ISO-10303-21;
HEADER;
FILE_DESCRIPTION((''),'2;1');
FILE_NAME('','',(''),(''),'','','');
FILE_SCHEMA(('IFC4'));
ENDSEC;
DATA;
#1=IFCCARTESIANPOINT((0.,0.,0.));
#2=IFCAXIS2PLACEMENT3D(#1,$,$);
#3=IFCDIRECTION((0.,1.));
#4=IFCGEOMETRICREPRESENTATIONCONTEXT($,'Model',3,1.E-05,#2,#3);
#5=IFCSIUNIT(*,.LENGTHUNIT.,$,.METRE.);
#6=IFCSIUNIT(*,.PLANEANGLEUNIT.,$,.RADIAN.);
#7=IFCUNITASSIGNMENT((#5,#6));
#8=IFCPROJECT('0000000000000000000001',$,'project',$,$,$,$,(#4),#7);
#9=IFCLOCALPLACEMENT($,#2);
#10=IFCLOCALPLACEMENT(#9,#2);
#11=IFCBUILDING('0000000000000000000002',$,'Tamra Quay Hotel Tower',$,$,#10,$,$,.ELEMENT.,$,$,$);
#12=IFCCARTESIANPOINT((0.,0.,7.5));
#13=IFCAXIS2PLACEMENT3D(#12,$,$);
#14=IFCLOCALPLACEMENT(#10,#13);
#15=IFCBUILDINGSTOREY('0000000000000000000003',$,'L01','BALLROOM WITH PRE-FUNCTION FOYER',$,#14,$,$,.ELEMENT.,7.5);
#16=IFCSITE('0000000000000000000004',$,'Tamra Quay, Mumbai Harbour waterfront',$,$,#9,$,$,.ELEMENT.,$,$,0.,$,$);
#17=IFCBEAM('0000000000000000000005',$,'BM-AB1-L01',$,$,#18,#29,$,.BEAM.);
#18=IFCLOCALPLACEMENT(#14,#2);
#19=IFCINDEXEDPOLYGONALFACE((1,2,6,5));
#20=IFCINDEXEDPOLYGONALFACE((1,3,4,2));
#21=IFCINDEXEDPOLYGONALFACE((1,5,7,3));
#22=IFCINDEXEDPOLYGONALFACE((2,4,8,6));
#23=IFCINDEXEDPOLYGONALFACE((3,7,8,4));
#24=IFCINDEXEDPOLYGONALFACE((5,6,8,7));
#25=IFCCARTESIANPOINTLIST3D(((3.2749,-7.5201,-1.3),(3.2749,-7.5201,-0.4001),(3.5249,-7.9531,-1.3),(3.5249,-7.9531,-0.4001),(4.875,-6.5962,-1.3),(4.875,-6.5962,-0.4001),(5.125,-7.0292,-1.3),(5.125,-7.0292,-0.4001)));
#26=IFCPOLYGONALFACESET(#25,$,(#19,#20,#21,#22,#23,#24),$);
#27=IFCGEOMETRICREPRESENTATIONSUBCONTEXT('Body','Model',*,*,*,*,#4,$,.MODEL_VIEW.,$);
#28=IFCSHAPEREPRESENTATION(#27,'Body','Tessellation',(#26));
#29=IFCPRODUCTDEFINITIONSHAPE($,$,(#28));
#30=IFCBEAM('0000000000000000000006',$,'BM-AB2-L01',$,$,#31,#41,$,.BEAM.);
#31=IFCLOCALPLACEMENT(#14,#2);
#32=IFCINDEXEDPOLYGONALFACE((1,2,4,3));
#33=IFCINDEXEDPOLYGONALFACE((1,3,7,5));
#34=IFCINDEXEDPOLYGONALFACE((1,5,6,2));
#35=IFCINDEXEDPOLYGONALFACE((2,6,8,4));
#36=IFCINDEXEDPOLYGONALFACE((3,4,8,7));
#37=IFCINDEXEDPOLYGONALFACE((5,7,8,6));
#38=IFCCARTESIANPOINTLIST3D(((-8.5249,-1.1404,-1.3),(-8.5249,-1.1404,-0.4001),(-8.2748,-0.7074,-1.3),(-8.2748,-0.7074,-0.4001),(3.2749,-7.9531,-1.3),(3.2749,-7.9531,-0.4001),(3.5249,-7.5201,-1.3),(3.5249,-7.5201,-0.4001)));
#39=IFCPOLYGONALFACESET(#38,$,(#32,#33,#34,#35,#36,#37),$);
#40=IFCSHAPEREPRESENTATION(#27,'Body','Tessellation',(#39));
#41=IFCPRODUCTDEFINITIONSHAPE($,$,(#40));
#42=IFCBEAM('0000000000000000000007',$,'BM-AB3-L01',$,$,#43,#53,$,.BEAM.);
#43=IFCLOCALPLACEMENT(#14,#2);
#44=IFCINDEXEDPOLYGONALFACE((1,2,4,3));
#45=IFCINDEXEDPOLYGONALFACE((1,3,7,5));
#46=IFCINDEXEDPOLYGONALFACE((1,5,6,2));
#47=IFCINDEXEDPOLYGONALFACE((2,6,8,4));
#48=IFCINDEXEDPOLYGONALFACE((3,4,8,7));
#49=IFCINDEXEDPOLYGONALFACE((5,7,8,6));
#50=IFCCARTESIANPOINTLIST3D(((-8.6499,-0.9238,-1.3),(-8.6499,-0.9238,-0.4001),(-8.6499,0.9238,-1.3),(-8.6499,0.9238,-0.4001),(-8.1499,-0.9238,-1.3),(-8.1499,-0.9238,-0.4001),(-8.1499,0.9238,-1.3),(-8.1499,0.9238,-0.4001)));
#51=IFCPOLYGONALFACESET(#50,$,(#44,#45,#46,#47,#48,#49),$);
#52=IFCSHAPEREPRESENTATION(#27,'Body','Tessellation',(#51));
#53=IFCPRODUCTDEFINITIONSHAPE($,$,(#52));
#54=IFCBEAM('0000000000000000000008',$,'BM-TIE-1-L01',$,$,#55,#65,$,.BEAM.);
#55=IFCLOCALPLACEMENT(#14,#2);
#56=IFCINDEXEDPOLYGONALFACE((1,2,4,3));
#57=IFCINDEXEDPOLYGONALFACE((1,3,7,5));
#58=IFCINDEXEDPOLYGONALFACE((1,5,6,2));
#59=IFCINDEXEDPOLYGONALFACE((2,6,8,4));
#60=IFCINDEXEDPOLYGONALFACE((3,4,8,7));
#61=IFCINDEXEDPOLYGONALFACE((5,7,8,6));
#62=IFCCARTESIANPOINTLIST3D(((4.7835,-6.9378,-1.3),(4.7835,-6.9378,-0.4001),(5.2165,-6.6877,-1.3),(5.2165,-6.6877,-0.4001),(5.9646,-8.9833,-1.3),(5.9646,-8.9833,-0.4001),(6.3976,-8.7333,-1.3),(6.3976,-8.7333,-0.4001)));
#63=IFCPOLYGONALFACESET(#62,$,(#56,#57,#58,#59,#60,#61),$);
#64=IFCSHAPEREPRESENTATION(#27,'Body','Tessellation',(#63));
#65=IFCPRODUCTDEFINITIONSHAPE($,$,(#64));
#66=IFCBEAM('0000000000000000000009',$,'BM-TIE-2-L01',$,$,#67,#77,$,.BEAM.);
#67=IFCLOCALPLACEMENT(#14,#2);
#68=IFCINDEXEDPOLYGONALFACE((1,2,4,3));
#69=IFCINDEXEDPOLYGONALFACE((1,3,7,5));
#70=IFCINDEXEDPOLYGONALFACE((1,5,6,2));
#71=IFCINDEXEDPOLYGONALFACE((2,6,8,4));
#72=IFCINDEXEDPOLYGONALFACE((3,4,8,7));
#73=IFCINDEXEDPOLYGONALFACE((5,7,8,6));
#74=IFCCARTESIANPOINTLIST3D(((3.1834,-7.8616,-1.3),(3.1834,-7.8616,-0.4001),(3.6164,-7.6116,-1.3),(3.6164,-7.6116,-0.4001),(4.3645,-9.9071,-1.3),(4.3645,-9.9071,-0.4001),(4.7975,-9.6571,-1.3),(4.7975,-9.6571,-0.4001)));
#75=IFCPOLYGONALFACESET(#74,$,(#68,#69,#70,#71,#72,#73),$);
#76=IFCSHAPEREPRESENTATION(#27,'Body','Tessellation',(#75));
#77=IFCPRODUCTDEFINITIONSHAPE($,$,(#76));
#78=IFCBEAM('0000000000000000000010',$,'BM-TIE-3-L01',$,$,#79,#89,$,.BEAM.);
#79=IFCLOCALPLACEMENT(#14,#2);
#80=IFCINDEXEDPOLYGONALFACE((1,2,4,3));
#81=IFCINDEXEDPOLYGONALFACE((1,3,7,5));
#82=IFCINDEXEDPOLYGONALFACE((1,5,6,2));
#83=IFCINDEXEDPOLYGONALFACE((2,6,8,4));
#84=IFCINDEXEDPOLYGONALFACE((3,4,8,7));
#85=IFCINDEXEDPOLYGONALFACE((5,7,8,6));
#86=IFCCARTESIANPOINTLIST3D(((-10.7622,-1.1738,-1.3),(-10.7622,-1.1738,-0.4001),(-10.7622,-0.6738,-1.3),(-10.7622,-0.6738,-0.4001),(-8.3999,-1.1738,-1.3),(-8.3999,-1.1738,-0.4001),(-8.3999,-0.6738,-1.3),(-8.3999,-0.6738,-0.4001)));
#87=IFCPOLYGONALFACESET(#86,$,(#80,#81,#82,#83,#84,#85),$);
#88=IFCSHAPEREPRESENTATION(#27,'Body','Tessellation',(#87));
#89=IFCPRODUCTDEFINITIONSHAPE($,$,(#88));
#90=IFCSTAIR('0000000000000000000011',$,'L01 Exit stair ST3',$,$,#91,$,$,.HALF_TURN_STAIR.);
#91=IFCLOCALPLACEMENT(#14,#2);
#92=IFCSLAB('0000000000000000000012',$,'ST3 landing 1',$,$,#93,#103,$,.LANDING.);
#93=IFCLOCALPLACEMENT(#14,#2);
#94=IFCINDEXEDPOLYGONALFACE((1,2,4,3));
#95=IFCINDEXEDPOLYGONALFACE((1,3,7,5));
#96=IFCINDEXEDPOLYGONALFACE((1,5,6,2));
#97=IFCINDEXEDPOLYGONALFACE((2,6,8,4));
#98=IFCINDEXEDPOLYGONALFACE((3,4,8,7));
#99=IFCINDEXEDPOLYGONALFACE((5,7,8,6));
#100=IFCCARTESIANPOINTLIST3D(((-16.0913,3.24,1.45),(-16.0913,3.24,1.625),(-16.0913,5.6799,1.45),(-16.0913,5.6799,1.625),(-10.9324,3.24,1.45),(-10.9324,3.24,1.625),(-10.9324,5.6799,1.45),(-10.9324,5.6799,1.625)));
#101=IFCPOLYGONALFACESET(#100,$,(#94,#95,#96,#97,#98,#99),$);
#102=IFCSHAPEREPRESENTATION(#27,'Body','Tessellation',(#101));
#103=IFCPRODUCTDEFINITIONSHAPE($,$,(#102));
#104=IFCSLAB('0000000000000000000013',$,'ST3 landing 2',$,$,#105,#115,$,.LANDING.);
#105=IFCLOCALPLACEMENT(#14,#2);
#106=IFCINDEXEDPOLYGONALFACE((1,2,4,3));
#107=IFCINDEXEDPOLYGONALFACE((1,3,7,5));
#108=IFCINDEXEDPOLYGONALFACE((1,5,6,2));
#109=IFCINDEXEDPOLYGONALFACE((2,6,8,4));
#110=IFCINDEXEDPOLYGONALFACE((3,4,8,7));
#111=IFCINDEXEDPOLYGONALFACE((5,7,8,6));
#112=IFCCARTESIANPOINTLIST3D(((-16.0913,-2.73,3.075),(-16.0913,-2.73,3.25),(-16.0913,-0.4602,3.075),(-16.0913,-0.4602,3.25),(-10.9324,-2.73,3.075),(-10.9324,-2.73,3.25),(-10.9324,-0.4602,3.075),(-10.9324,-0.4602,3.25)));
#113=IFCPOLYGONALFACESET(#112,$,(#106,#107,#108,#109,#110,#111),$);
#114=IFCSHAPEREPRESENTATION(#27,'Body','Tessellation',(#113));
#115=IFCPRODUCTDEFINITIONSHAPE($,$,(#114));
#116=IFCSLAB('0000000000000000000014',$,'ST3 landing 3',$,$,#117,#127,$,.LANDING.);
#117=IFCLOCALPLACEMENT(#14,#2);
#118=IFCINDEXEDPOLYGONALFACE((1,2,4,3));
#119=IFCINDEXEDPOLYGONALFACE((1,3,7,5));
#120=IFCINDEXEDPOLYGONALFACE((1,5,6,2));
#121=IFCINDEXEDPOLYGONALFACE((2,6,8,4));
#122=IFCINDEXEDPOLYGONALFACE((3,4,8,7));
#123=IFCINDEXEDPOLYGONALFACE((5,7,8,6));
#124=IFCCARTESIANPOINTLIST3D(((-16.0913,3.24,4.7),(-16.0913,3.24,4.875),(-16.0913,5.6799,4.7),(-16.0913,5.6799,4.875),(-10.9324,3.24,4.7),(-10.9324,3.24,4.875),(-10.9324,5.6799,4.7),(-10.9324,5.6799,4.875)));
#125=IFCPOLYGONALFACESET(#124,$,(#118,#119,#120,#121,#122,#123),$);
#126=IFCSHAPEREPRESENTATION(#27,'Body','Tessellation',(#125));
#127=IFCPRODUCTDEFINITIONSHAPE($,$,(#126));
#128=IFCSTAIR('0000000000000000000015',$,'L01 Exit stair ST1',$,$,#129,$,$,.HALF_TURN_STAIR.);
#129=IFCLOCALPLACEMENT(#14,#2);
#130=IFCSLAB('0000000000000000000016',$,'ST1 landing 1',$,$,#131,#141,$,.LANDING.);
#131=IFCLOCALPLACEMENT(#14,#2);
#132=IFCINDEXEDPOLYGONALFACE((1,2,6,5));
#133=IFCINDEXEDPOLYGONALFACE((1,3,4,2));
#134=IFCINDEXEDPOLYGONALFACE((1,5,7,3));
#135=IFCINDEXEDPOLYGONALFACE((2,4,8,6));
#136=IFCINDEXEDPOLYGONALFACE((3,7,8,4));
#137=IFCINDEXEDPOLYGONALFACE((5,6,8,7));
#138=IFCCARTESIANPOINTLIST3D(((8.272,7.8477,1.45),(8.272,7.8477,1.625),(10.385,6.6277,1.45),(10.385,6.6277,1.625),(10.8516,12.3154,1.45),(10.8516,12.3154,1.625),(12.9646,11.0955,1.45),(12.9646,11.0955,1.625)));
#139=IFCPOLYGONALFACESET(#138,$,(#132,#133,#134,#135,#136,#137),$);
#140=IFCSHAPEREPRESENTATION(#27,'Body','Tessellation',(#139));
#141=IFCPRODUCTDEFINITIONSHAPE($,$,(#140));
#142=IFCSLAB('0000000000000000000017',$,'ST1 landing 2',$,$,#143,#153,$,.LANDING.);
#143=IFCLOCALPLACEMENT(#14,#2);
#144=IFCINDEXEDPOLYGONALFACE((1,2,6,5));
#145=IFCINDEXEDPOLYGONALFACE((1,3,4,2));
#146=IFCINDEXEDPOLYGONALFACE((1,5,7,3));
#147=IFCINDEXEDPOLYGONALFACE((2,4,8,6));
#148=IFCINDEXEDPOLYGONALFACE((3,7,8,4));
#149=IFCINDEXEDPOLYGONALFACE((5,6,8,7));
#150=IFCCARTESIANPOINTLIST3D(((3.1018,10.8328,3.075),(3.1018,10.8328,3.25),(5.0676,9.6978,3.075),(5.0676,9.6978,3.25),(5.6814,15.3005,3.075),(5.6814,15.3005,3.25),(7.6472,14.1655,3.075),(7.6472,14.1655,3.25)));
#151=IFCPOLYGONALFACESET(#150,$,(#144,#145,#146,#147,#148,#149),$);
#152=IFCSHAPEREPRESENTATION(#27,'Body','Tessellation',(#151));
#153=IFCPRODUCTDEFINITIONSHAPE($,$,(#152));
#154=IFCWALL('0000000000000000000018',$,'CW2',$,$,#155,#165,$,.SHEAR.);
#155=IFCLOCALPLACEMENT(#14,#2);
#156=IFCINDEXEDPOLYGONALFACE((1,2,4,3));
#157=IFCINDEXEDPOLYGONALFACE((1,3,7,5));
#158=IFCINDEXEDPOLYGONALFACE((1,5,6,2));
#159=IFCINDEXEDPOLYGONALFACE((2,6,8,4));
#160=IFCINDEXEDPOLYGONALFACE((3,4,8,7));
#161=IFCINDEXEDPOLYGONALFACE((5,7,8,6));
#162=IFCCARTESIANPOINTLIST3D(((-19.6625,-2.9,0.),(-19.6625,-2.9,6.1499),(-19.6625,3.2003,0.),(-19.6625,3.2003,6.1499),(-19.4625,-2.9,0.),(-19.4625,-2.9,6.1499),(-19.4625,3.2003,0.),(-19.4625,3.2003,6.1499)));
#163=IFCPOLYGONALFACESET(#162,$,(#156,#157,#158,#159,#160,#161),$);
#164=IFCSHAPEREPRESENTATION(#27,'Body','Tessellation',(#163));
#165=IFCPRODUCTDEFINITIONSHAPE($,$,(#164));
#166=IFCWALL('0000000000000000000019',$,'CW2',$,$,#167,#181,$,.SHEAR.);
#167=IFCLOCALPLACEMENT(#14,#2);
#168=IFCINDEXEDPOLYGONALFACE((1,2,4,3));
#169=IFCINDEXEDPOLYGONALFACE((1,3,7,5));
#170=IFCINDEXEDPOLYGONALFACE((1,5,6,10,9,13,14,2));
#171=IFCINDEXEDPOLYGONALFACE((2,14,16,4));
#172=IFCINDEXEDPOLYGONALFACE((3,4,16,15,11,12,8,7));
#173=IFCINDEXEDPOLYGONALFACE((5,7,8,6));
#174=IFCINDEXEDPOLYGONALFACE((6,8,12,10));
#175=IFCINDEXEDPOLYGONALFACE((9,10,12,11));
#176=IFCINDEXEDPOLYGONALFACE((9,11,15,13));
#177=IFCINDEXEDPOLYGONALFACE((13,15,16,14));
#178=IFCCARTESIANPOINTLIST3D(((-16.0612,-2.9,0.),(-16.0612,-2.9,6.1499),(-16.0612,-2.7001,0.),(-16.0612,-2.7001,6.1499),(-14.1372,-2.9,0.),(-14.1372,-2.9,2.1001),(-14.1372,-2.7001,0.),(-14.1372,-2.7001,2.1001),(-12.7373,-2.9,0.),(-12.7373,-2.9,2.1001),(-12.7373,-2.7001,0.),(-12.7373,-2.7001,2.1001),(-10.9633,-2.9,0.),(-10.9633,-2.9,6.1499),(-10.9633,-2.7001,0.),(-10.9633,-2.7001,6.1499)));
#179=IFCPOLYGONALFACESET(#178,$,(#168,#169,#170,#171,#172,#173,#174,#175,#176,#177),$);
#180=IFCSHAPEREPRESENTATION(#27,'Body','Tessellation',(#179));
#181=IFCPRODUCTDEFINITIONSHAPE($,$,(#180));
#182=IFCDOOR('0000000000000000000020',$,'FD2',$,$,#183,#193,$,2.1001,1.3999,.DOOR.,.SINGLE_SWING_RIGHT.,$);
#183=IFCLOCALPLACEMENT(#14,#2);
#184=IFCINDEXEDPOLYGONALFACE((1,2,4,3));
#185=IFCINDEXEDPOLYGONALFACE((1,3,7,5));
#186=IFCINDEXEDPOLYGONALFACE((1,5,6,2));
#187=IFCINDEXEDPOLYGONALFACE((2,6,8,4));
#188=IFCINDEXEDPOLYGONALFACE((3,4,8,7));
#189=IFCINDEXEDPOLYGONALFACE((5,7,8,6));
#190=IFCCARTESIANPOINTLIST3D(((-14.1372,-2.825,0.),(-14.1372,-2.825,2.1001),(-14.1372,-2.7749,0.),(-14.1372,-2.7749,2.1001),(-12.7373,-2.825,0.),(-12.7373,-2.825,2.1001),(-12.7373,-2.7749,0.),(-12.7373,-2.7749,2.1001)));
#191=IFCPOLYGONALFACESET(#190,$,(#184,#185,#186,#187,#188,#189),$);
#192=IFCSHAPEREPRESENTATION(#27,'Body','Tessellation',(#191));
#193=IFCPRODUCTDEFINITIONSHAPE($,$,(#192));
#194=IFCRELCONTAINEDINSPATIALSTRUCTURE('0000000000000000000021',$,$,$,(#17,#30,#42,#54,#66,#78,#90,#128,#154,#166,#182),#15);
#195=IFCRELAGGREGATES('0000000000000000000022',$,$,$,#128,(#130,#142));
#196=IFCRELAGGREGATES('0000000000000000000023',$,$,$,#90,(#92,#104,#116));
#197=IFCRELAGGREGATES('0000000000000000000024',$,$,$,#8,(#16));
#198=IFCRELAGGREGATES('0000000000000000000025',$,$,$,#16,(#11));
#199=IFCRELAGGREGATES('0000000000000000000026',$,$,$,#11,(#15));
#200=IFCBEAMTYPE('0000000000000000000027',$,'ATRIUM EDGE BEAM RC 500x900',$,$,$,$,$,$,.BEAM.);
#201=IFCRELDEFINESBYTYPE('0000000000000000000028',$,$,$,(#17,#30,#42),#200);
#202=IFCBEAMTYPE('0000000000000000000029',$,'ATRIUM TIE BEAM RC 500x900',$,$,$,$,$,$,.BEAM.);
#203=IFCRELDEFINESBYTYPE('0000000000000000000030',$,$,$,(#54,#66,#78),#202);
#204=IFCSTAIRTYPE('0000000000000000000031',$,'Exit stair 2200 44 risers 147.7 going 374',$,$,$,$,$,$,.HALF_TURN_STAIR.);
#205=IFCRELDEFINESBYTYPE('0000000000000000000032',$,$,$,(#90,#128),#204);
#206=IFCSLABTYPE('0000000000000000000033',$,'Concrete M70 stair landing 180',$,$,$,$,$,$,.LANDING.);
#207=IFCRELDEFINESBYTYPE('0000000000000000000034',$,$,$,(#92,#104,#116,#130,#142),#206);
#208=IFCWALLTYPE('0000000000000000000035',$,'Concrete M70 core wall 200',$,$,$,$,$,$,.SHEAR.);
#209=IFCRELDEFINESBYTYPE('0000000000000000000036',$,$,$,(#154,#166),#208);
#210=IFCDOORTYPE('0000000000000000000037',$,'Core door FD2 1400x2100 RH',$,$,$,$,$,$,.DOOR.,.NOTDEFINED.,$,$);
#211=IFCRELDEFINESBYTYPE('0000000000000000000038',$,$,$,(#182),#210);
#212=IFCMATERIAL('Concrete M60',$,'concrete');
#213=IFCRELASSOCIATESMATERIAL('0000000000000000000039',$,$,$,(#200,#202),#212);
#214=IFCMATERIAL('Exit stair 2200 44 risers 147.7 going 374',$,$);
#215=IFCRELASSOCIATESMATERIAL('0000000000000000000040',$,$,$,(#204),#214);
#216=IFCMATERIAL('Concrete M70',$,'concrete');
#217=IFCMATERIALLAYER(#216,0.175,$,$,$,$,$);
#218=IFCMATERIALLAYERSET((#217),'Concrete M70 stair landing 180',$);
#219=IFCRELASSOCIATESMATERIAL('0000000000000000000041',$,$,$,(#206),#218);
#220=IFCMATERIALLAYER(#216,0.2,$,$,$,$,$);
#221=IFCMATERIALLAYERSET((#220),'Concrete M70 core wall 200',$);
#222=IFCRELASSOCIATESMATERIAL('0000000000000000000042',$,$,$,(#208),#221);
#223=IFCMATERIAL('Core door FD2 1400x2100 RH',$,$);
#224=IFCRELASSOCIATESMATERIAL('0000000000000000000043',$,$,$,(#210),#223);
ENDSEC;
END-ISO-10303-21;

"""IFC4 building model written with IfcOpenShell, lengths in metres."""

from ifc_helpers import new_model, si_unit, direction, frame, frame_2d, origin, origin_2d, place, context, subcontext, project, spatial, polyline, rectangle, outline, extrude, material, layer, layer_set, material_profile, profile_set, type_object, element, fill, aggregate, save


model = new_model("IFC4")

# Units and contexts
model_context = context("Model", 3, precision=1e-05, world=origin(), true_north=direction((0.0, 1.0)))
body_context = subcontext(model_context, "Body", "Model", "MODEL_VIEW")
ifc_project = project(units=[si_unit("LENGTHUNIT", "METRE"), si_unit("PLANEANGLEUNIT", "RADIAN")], contexts=[model_context])

# Site, building, storey
site_placement = place(None, origin())
site = spatial("IfcSite", under=ifc_project, at=site_placement, Name="Tamra Quay, Mumbai Harbour waterfront", CompositionType="ELEMENT", RefElevation=0.0)
building_placement = place(site_placement, origin())
building = spatial("IfcBuilding", under=site, at=building_placement, Name="Tamra Quay Hotel Tower", CompositionType="ELEMENT")
storey_placement = place(building_placement, frame((0.0, 0.0, 7.5)))
storey = spatial("IfcBuildingStorey", under=building, at=storey_placement, Name="L01", Description="BALLROOM WITH PRE-FUNCTION FOYER", CompositionType="ELEMENT", Elevation=7.5)

# Beams
ifc_material_1 = material(Name="Concrete M60", Category="concrete")
ifc_material_profile_1 = material_profile(ifc_material_1, rectangle(XDim=0.5, YDim=0.8999, at=origin_2d()), Name="ATRIUM EDGE BEAM RC 500x900")
ifc_profile_set_1 = profile_set([ifc_material_profile_1], Name="Concrete M60")
beam_type_1 = type_object("IfcBeamType", Name="ATRIUM EDGE BEAM RC 500x900", PredefinedType="BEAM", material=ifc_profile_set_1)
beam_1_placement = place(storey_placement, frame((5.0, -6.8127, -0.8501), z_axis=(-0.866023, -0.500005, 0.0), x_axis=(0.500005, -0.866023, 0.0)))
element("IfcBeam", 1, at=beam_1_placement, inside=storey, type_object=beam_type_1, Name="BM-AB1-L01", PredefinedType="BEAM", context=body_context, shape_type="SweptSolid", body=[
    extrude(rectangle(XDim=0.5, YDim=0.8999, at=origin_2d()), origin(), (0.0, 0.0, 1.0), 1.8477),
])
beam_2_placement = place(storey_placement, frame((3.3999, -7.7366, -0.8501), z_axis=(-0.866021, 0.500007, 0.0), x_axis=(-0.500007, -0.866021, 0.0)))
element("IfcBeam", 2, at=beam_2_placement, inside=storey, type_object=beam_type_1, Name="BM-AB2-L01", PredefinedType="BEAM", context=body_context, shape_type="SweptSolid", body=[
    extrude(rectangle(XDim=0.5, YDim=0.8999, at=origin_2d()), origin(), (0.0, 0.0, 1.0), 13.6252),
])
beam_3_placement = place(storey_placement, frame((-8.3999, -0.9238, -0.8501), z_axis=(0.0, 1.0, 0.0), x_axis=(-1.0, 0.0, 0.0)))
element("IfcBeam", 3, at=beam_3_placement, inside=storey, type_object=beam_type_1, Name="BM-AB3-L01", PredefinedType="BEAM", context=body_context, shape_type="SweptSolid", body=[
    extrude(rectangle(XDim=0.5, YDim=0.8999, at=origin_2d()), origin(), (0.0, 0.0, 1.0), 1.8477),
])
ifc_material_profile_2 = material_profile(ifc_material_1, rectangle(XDim=0.5, YDim=0.8999, at=origin_2d()), Name="ATRIUM TIE BEAM RC 500x900")
ifc_profile_set_2 = profile_set([ifc_material_profile_2], Name="Concrete M60")
beam_type_2 = type_object("IfcBeamType", Name="ATRIUM TIE BEAM RC 500x900", PredefinedType="BEAM", material=ifc_profile_set_2)
for number, where, z_axis, x_axis, name in (
    (4, (5.0, -6.8127, -0.8501), (0.50003, -0.866008, 0.0), (0.866008, 0.50003, 0.0), "BM-TIE-1-L01"),
    (5, (3.3999, -7.7366, -0.8501), (0.50003, -0.866008, 0.0), (0.866008, 0.50003, 0.0), "BM-TIE-2-L01"),
):
    element("IfcBeam", number, at=place(storey_placement, frame(where, z_axis=z_axis, x_axis=x_axis)), inside=storey, type_object=beam_type_2, Name=name, PredefinedType="BEAM", context=body_context, shape_type="SweptSolid", body=[
        extrude(rectangle(XDim=0.5, YDim=0.8999, at=origin_2d()), origin(), (0.0, 0.0, 1.0), 2.3621),
    ])
beam_4_placement = place(storey_placement, frame((-8.3999, -0.9238, -0.8501), z_axis=(-1.0, 0.0, 0.0), x_axis=(0.0, -1.0, 0.0)))
element("IfcBeam", 6, at=beam_4_placement, inside=storey, type_object=beam_type_2, Name="BM-TIE-3-L01", PredefinedType="BEAM", context=body_context, shape_type="SweptSolid", body=[
    extrude(rectangle(XDim=0.5, YDim=0.8999, at=origin_2d()), origin(), (0.0, 0.0, 1.0), 2.3623),
])

# Stairs, slabs
ifc_material_2 = material(Name="Exit stair 2200 44 risers 147.7 going 374")
stair_type = type_object("IfcStairType", Name="Exit stair 2200 44 risers 147.7 going 374", PredefinedType="HALF_TURN_STAIR", material=ifc_material_2)
stair_1_placement = place(storey_placement, origin())
stair_1 = element("IfcStair", 7, at=stair_1_placement, inside=storey, type_object=stair_type, Name="L01 Exit stair ST3", PredefinedType="HALF_TURN_STAIR")
ifc_material_3 = material(Name="Concrete M70", Category="concrete")
ifc_layer_1 = layer(ifc_material_3, 0.175)
ifc_layer_set_1 = layer_set([ifc_layer_1], Name="Concrete M70 stair landing 180")
slab_type_1 = type_object("IfcSlabType", Name="Concrete M70 stair landing 180", PredefinedType="LANDING", material=ifc_layer_set_1)
slab_1_placement = place(storey_placement, frame((0.0, 0.0, 1.45)))
slab_1 = element("IfcSlab", 8, at=slab_1_placement, type_object=slab_type_1, Name="ST3 landing 1", PredefinedType="LANDING", context=body_context, shape_type="SweptSolid", body=[
    extrude(outline(polyline([(-10.9324, 3.24), (-10.9324, 5.6799), (-16.0913, 5.6799), (-16.0913, 3.24), (-10.9324, 3.24)])), origin(), (0.0, 0.0, 1.0), 0.175),
])
slab_2_placement = place(storey_placement, frame((0.0, 0.0, 3.075)))
slab_2 = element("IfcSlab", 9, at=slab_2_placement, type_object=slab_type_1, Name="ST3 landing 2", PredefinedType="LANDING", context=body_context, shape_type="SweptSolid", body=[
    extrude(outline(polyline([(-10.9324, -2.73), (-10.9324, -0.4602), (-16.0913, -0.4602), (-16.0913, -2.73), (-10.9324, -2.73)])), origin(), (0.0, 0.0, 1.0), 0.175),
])
slab_3_placement = place(storey_placement, frame((0.0, 0.0, 4.7)))
slab_3 = element("IfcSlab", 10, at=slab_3_placement, type_object=slab_type_1, Name="ST3 landing 3", PredefinedType="LANDING", context=body_context, shape_type="SweptSolid", body=[
    extrude(outline(polyline([(-10.9324, 3.24), (-10.9324, 5.6799), (-16.0913, 5.6799), (-16.0913, 3.24), (-10.9324, 3.24)])), origin(), (0.0, 0.0, 1.0), 0.175),
])
stair_2_placement = place(storey_placement, origin())
stair_2 = element("IfcStair", 11, at=stair_2_placement, inside=storey, type_object=stair_type, Name="L01 Exit stair ST1", PredefinedType="HALF_TURN_STAIR")
slab_4_placement = place(storey_placement, frame((0.0, 0.0, 1.45)))
slab_4 = element("IfcSlab", 12, at=slab_4_placement, type_object=slab_type_1, Name="ST1 landing 1", PredefinedType="LANDING", context=body_context, shape_type="SweptSolid", body=[
    extrude(outline(polyline([(8.272, 7.8477), (10.385, 6.6277), (12.9646, 11.0955), (10.8516, 12.3154), (8.272, 7.8477)])), origin(), (0.0, 0.0, 1.0), 0.175),
])
slab_5_placement = place(storey_placement, frame((0.0, 0.0, 3.075)))
slab_5 = element("IfcSlab", 13, at=slab_5_placement, type_object=slab_type_1, Name="ST1 landing 2", PredefinedType="LANDING", context=body_context, shape_type="SweptSolid", body=[
    extrude(outline(polyline([(3.1018, 10.8328), (5.0676, 9.6978), (7.6472, 14.1655), (5.6814, 15.3005), (3.1018, 10.8328)])), origin(), (0.0, 0.0, 1.0), 0.175),
])
aggregate(stair_2, [slab_4, slab_5])

# Wall
ifc_layer_2 = layer(ifc_material_3, 0.2)
ifc_layer_set_2 = layer_set([ifc_layer_2], Name="Concrete M70 core wall 200")
wall_type_1 = type_object("IfcWallType", Name="Concrete M70 core wall 200", PredefinedType="SHEAR", material=ifc_layer_set_2)
wall_1_placement = place(storey_placement, frame((-19.5625, -2.9001, 0.0), z_axis=(0.0, 0.0, 1.0), x_axis=(0.0, 1.0, 0.0)))
element("IfcWall", 14, at=wall_1_placement, inside=storey, type_object=wall_type_1, Name="CW2", PredefinedType="SHEAR", context=body_context, shape_type="SweptSolid", body=[
    extrude(rectangle(XDim=6.1003, YDim=0.2, at=frame_2d((3.0503, 0.0))), origin(), (0.0, 0.0, 1.0), 6.1499),
])

# Wall, opening, door
wall_2_placement = place(storey_placement, frame((-10.9634, -2.8, 0.0), z_axis=(0.0, 0.0, 1.0), x_axis=(-1.0, 0.0, 0.0)))
wall_2 = element("IfcWall", 15, at=wall_2_placement, inside=storey, type_object=wall_type_1, Name="CW2", PredefinedType="SHEAR", context=body_context, shape_type="SweptSolid", body=[
    extrude(rectangle(XDim=5.0979, YDim=0.2, at=frame_2d((2.5488, 0.0))), origin(), (0.0, 0.0, 1.0), 6.1499),
])
opening_1_placement = place(wall_2_placement, frame((1.7739, 0.0, 0.0)))
opening_1 = element("IfcOpeningElement", 16, at=opening_1_placement, cuts=wall_2, PredefinedType="OPENING", context=body_context, shape_type="SweptSolid", body=[
    extrude(rectangle(XDim=1.3999, YDim=2.1001, at=frame_2d((0.7, 1.05))), frame((0.0, 0.1099, 0.0), z_axis=(0.0, -1.0, 0.0), x_axis=(1.0, 0.0, 0.0)), (0.0, 0.0, 1.0), 0.22),
])
ifc_material_4 = material(Name="Core door FD2 1400x2100 RH")
door_type_1 = type_object("IfcDoorType", Name="Core door FD2 1400x2100 RH", OperationType="NOTDEFINED", PredefinedType="DOOR", material=ifc_material_4)
door_1_placement = place(opening_1_placement, origin())
door_1 = element("IfcDoor", 17, at=door_1_placement, inside=storey, type_object=door_type_1, Name="FD2", OperationType="SINGLE_SWING_RIGHT", OverallHeight=2.1001, OverallWidth=1.3999, PredefinedType="DOOR", context=body_context, shape_type="SweptSolid", body=[
    extrude(rectangle(XDim=1.3999, YDim=2.1001, at=frame_2d((0.7, 1.05))), frame((0.0, 0.0249, 0.0), z_axis=(0.0, -1.0, 0.0), x_axis=(1.0, 0.0, 0.0)), (0.0, 0.0, 1.0), 0.05),
])
fill(opening_1, door_1)

aggregate(stair_1, [slab_1, slab_2, slab_3])

save(model, "model.ifc")
